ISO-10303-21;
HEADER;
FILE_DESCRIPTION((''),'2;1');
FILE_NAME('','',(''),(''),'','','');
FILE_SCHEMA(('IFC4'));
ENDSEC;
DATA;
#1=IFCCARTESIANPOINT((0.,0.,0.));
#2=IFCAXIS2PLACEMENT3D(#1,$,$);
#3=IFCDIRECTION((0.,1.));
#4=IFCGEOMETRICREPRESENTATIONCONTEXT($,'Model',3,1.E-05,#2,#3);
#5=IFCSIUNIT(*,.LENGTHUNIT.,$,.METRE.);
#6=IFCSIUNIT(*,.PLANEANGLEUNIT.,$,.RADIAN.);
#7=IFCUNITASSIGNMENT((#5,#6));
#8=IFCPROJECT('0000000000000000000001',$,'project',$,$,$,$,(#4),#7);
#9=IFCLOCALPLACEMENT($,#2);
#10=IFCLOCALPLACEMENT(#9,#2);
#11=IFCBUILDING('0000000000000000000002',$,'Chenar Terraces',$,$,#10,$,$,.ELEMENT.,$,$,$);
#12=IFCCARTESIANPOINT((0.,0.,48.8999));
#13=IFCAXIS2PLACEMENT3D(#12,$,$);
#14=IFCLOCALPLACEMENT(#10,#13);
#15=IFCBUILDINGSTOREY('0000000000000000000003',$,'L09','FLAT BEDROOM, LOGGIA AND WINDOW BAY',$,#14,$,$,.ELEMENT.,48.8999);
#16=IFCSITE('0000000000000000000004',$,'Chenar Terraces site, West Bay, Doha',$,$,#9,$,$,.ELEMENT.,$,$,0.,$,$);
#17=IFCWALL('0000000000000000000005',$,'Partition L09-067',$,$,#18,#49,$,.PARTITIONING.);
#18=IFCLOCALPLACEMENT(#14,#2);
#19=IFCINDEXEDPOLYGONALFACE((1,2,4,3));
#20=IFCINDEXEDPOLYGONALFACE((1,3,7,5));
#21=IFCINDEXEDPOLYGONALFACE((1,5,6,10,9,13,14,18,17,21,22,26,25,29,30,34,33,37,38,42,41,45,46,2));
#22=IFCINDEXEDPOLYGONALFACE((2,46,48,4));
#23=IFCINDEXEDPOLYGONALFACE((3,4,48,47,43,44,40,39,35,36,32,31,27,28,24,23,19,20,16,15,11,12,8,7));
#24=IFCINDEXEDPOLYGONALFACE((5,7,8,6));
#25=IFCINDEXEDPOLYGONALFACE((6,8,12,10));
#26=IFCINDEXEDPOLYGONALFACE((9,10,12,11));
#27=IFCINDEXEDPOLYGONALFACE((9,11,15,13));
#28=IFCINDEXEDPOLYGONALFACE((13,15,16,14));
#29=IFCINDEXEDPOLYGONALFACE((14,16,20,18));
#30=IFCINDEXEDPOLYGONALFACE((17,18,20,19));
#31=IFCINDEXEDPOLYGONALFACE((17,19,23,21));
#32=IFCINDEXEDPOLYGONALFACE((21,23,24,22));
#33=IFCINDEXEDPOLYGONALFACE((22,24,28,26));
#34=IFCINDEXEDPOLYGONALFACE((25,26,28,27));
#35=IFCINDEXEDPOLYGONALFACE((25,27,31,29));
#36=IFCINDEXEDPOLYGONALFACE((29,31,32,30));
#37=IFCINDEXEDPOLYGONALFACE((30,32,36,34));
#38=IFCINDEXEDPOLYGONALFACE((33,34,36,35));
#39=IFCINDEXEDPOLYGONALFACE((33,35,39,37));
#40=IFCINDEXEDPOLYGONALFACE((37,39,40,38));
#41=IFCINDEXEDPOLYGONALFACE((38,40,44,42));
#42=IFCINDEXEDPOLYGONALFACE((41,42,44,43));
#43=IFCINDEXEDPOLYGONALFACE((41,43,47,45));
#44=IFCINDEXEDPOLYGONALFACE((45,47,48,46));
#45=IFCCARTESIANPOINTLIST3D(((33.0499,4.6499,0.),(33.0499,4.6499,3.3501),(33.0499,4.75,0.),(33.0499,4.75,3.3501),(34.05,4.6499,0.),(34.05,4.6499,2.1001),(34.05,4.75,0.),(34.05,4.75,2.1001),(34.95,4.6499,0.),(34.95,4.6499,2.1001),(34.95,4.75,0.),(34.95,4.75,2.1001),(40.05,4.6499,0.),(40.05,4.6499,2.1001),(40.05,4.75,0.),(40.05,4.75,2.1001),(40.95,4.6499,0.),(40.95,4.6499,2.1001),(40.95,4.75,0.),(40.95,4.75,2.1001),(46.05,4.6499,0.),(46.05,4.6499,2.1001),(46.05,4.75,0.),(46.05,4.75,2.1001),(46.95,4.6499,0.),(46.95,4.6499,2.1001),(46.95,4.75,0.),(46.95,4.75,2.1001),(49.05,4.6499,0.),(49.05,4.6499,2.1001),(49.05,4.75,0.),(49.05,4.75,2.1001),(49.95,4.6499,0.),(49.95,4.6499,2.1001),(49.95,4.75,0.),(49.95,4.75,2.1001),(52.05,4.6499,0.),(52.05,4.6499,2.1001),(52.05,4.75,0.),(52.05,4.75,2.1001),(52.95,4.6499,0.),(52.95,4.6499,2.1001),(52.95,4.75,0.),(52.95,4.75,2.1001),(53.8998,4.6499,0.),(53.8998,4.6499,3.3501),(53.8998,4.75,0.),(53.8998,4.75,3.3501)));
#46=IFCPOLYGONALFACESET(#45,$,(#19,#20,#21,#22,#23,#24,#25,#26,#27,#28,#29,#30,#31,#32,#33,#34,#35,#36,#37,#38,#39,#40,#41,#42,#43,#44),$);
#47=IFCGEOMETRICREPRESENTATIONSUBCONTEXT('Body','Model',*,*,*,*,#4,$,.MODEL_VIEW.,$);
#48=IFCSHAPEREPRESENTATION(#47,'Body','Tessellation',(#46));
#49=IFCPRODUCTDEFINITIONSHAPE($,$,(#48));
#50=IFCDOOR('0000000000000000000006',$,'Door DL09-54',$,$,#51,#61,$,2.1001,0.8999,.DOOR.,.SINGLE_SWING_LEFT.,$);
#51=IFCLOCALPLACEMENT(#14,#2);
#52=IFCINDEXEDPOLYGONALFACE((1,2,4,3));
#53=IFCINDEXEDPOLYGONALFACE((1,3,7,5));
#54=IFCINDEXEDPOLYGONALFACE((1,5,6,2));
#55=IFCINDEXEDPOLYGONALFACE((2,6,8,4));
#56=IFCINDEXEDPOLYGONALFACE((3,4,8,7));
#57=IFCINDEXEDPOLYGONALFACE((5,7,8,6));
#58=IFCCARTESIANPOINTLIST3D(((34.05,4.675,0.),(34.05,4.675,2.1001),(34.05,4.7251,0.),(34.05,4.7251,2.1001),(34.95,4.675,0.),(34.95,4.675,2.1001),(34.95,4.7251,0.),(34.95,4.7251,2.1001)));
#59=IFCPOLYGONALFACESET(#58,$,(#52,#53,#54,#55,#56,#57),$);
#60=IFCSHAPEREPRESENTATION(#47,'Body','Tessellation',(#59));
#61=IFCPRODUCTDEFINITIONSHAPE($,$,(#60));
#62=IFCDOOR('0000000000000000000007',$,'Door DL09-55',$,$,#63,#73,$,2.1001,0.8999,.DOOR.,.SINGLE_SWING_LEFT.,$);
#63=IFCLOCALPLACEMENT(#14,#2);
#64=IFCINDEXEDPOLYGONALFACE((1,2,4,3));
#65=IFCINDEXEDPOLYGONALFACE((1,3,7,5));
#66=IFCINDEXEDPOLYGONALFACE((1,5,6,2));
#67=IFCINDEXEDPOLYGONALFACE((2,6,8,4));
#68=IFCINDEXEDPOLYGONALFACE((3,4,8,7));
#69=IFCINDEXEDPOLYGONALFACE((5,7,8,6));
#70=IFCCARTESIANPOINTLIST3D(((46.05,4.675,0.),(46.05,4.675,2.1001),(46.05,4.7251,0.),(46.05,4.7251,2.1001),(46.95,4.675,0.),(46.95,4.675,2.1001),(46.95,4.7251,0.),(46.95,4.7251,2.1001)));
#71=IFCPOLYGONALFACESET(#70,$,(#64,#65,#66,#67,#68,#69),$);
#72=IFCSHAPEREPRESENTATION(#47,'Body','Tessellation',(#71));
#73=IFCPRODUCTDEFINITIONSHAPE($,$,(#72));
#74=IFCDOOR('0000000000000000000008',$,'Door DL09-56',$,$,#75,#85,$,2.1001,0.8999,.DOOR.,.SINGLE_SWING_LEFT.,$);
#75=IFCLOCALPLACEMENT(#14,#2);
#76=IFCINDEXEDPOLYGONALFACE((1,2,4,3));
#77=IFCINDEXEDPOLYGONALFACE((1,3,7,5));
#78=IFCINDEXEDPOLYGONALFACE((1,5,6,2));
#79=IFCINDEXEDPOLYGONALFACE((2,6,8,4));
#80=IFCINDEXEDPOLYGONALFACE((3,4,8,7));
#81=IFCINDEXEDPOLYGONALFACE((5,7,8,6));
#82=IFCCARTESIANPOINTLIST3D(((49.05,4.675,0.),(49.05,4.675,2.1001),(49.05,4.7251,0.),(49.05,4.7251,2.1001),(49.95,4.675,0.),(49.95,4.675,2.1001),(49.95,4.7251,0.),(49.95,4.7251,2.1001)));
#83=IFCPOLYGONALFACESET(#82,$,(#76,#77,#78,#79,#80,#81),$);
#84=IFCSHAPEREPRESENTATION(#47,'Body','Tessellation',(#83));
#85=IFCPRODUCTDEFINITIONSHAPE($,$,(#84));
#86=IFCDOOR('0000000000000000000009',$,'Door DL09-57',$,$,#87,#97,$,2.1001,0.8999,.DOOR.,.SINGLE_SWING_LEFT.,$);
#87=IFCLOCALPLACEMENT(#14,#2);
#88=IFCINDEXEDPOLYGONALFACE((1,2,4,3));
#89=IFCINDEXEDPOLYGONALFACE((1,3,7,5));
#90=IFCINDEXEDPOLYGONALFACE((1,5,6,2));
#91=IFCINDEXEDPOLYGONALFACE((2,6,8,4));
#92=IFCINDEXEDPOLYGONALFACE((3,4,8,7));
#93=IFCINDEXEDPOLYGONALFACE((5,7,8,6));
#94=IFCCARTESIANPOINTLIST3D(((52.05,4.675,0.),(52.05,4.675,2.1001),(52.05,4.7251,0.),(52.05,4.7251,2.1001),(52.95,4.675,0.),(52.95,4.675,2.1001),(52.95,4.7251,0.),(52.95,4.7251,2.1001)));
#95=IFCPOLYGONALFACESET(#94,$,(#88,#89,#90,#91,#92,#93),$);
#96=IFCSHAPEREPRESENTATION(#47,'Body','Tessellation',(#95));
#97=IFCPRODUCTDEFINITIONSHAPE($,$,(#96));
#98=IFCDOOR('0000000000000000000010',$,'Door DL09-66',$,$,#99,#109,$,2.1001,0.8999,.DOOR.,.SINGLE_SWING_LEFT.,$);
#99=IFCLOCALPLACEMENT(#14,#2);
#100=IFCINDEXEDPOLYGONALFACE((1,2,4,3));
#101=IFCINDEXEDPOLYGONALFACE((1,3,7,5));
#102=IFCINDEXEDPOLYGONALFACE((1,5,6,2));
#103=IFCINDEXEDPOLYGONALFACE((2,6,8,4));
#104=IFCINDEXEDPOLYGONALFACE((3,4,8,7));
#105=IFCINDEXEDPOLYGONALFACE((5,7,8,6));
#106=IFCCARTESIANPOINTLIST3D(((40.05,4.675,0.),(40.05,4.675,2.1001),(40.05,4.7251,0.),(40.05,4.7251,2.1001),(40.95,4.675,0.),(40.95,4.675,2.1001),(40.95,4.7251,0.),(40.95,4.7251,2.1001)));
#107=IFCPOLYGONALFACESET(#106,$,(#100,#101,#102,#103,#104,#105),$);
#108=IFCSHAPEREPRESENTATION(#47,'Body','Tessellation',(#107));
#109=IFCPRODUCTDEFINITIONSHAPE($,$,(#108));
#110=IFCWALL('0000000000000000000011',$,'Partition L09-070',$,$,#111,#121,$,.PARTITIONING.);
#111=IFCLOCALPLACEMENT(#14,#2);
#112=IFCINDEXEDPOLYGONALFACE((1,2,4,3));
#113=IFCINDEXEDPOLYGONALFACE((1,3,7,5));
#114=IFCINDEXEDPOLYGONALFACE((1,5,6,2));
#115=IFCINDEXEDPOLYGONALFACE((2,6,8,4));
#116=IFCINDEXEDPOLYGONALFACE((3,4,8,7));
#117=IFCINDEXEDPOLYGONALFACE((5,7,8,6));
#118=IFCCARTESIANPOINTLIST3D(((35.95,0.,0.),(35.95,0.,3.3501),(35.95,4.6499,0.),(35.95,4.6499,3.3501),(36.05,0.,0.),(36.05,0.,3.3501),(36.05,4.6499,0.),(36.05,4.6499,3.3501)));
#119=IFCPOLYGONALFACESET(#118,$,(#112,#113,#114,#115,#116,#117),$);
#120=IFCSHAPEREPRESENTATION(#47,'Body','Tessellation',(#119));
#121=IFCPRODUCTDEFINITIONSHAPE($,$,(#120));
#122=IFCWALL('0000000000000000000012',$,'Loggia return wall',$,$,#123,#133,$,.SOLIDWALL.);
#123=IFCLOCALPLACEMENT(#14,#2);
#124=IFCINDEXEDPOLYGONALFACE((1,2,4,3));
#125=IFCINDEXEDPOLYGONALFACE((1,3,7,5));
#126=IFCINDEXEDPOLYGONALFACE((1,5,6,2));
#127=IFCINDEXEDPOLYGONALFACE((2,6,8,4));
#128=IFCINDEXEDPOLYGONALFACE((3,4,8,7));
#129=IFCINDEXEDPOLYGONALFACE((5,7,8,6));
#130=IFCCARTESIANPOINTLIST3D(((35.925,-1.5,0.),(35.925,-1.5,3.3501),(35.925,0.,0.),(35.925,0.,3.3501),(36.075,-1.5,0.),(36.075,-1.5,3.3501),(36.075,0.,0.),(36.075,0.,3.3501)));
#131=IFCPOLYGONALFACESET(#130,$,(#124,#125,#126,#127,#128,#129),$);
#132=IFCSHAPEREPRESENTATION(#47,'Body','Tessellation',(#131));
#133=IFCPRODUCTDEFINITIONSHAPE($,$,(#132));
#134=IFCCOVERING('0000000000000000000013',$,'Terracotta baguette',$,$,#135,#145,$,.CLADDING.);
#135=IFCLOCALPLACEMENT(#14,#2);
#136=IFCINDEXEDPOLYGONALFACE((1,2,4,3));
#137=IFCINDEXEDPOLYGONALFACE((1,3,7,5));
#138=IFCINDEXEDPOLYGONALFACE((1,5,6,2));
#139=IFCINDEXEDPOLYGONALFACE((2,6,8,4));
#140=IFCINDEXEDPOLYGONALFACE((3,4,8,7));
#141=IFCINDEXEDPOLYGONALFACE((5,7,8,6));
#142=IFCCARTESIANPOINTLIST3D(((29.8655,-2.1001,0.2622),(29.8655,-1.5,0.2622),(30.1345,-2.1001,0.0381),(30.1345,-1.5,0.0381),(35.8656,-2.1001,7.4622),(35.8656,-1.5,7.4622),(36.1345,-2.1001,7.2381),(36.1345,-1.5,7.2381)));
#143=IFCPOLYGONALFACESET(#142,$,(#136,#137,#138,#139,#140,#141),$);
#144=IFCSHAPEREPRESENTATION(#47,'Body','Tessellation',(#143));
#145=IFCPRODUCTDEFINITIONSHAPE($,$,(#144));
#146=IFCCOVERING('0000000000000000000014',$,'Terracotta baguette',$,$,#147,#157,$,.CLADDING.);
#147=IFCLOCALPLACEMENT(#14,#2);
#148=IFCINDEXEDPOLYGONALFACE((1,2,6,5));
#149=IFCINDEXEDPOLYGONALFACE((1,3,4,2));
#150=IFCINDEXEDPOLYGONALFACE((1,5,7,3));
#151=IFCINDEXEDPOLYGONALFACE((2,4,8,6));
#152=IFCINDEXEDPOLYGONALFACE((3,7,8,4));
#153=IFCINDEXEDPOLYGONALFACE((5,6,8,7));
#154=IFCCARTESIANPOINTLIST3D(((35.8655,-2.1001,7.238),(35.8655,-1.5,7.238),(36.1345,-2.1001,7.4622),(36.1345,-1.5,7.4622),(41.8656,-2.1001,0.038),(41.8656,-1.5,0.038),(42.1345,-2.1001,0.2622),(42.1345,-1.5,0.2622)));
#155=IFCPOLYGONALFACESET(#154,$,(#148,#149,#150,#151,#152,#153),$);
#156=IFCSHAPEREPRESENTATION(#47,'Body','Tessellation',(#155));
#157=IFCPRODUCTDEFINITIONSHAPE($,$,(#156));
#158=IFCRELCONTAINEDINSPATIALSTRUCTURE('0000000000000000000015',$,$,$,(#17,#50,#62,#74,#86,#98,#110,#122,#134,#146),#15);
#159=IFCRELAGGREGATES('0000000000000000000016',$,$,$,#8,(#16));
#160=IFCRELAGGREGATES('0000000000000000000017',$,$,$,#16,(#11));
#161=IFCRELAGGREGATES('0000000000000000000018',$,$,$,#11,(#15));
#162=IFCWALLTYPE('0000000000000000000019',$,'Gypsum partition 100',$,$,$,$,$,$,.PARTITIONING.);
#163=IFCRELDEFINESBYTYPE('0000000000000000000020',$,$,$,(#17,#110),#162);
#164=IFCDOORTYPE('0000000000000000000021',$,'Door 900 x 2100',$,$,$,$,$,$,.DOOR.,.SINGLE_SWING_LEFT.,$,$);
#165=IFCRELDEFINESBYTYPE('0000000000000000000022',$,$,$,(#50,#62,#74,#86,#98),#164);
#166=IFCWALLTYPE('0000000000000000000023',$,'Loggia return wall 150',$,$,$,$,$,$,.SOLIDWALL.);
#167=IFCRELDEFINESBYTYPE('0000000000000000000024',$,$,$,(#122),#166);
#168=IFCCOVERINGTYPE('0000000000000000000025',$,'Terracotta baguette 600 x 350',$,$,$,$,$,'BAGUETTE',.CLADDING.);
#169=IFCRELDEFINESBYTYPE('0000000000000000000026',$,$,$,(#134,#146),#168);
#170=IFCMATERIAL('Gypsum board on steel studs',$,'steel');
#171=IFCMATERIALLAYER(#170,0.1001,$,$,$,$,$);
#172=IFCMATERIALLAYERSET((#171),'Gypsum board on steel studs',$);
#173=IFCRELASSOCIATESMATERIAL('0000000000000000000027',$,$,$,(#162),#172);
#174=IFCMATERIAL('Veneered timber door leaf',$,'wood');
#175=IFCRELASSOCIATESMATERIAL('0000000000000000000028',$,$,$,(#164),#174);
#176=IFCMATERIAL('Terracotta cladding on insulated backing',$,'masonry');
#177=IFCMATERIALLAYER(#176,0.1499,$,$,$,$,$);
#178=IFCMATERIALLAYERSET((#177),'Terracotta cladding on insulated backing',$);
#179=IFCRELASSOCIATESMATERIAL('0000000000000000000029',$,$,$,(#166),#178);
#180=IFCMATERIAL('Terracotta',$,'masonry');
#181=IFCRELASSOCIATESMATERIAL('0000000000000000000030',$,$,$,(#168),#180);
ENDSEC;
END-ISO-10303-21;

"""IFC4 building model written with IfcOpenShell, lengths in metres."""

from ifc_helpers import new_model, si_unit, direction, frame, frame_2d, origin, origin_2d, place, context, subcontext, project, spatial, rectangle, extrude, material, layer, layer_set, material_profile, profile_set, type_object, element, fill, save


model = new_model("IFC4")

# Units and contexts
model_context = context("Model", 3, precision=1e-05, world=origin(), true_north=direction((0.0, 1.0)))
body_context = subcontext(model_context, "Body", "Model", "MODEL_VIEW")
ifc_project = project(units=[si_unit("LENGTHUNIT", "METRE"), si_unit("PLANEANGLEUNIT", "RADIAN")], contexts=[model_context])

# Site, building, storey
site_placement = place(None, origin())
site = spatial("IfcSite", under=ifc_project, at=site_placement, Name="Chenar Terraces site, West Bay, Doha", CompositionType="ELEMENT", RefElevation=0.0)
building_placement = place(site_placement, origin())
building = spatial("IfcBuilding", under=site, at=building_placement, Name="Chenar Terraces", CompositionType="ELEMENT")
storey_placement = place(building_placement, frame((0.0, 0.0, 48.8999)))
storey = spatial("IfcBuildingStorey", under=building, at=storey_placement, Name="L09", Description="FLAT BEDROOM, LOGGIA AND WINDOW BAY", CompositionType="ELEMENT", Elevation=48.8999)

# Shared definitions
ifc_material_1 = material(Name="Gypsum board on steel studs", Category="steel")
ifc_layer_1 = layer(ifc_material_1, 0.1001)
ifc_layer_set_1 = layer_set([ifc_layer_1], Name="Gypsum board on steel studs")
wall_type_1 = type_object("IfcWallType", Name="Gypsum partition 100", PredefinedType="PARTITIONING", material=ifc_layer_set_1)

# Shared definitions
ifc_material_2 = material(Name="Veneered timber door leaf", Category="wood")
door_type = type_object("IfcDoorType", Name="Door 900 x 2100", OperationType="SINGLE_SWING_LEFT", PredefinedType="DOOR", material=ifc_material_2)

# Wall, openings, doors
wall_1_placement = place(storey_placement, frame((33.05, 4.7, 0.0), z_axis=(0.0, 0.0, 1.0), x_axis=(1.0, 0.0, 0.0)))
wall_1 = element("IfcWall", 1, at=wall_1_placement, inside=storey, type_object=wall_type_1, Name="Partition L09-067", PredefinedType="PARTITIONING", context=body_context, shape_type="SweptSolid", body=[
    extrude(rectangle(XDim=20.8499, YDim=0.1001, at=frame_2d((10.4248, 0.0))), origin(), (0.0, 0.0, 1.0), 3.3501),
])
opening_1_placement = place(wall_1_placement, frame((1.0, 0.0, 0.0)))
opening_1 = element("IfcOpeningElement", 2, at=opening_1_placement, cuts=wall_1, PredefinedType="OPENING", context=body_context, shape_type="SweptSolid", body=[
    extrude(rectangle(XDim=0.8999, YDim=2.1001, at=frame_2d((0.45, 1.05))), frame((0.0, 0.0601, 0.0), z_axis=(0.0, -1.0, 0.0), x_axis=(1.0, 0.0, 0.0)), (0.0, 0.0, 1.0), 0.1201),
])
opening_2_placement = place(wall_1_placement, frame((13.0, 0.0, 0.0)))
opening_2 = element("IfcOpeningElement", 3, at=opening_2_placement, cuts=wall_1, PredefinedType="OPENING", context=body_context, shape_type="SweptSolid", body=[
    extrude(rectangle(XDim=0.8999, YDim=2.1001, at=frame_2d((0.45, 1.05))), frame((0.0, 0.0601, 0.0), z_axis=(0.0, -1.0, 0.0), x_axis=(1.0, 0.0, 0.0)), (0.0, 0.0, 1.0), 0.1201),
])
opening_3_placement = place(wall_1_placement, frame((16.0, 0.0, 0.0)))
opening_3 = element("IfcOpeningElement", 4, at=opening_3_placement, cuts=wall_1, PredefinedType="OPENING", context=body_context, shape_type="SweptSolid", body=[
    extrude(rectangle(XDim=0.8999, YDim=2.1001, at=frame_2d((0.45, 1.05))), frame((0.0, 0.0601, 0.0), z_axis=(0.0, -1.0, 0.0), x_axis=(1.0, 0.0, 0.0)), (0.0, 0.0, 1.0), 0.1201),
])
opening_4_placement = place(wall_1_placement, frame((19.0, 0.0, 0.0)))
opening_4 = element("IfcOpeningElement", 5, at=opening_4_placement, cuts=wall_1, PredefinedType="OPENING", context=body_context, shape_type="SweptSolid", body=[
    extrude(rectangle(XDim=0.8999, YDim=2.1001, at=frame_2d((0.45, 1.05))), frame((0.0, 0.0601, 0.0), z_axis=(0.0, -1.0, 0.0), x_axis=(1.0, 0.0, 0.0)), (0.0, 0.0, 1.0), 0.1201),
])
opening_5_placement = place(wall_1_placement, frame((7.0, 0.0, 0.0)))
opening_5 = element("IfcOpeningElement", 6, at=opening_5_placement, cuts=wall_1, PredefinedType="OPENING", context=body_context, shape_type="SweptSolid", body=[
    extrude(rectangle(XDim=0.8999, YDim=2.1001, at=frame_2d((0.45, 1.05))), frame((0.0, 0.0601, 0.0), z_axis=(0.0, -1.0, 0.0), x_axis=(1.0, 0.0, 0.0)), (0.0, 0.0, 1.0), 0.1201),
])
door_1_placement = place(opening_1_placement, frame((0.8999, 0.0, 0.0), z_axis=(0.0, 0.0, 1.0), x_axis=(-1.0, 0.0, 0.0)))
door_1 = element("IfcDoor", 7, at=door_1_placement, inside=storey, type_object=door_type, Name="Door DL09-54", OperationType="SINGLE_SWING_LEFT", OverallHeight=2.1001, OverallWidth=0.8999, PredefinedType="DOOR", context=body_context, shape_type="SweptSolid", body=[
    extrude(rectangle(XDim=0.8999, YDim=2.1001, at=frame_2d((0.45, 1.05))), frame((0.0, 0.0249, 0.0), z_axis=(0.0, -1.0, 0.0), x_axis=(1.0, 0.0, 0.0)), (0.0, 0.0, 1.0), 0.05),
])
fill(opening_1, door_1)
door_2_placement = place(opening_2_placement, frame((0.8999, 0.0, 0.0), z_axis=(0.0, 0.0, 1.0), x_axis=(-1.0, 0.0, 0.0)))
door_2 = element("IfcDoor", 8, at=door_2_placement, inside=storey, type_object=door_type, Name="Door DL09-55", OperationType="SINGLE_SWING_LEFT", OverallHeight=2.1001, OverallWidth=0.8999, PredefinedType="DOOR", context=body_context, shape_type="SweptSolid", body=[
    extrude(rectangle(XDim=0.8999, YDim=2.1001, at=frame_2d((0.45, 1.05))), frame((0.0, 0.0249, 0.0), z_axis=(0.0, -1.0, 0.0), x_axis=(1.0, 0.0, 0.0)), (0.0, 0.0, 1.0), 0.05),
])
fill(opening_2, door_2)
door_3_placement = place(opening_3_placement, frame((0.8999, 0.0, 0.0), z_axis=(0.0, 0.0, 1.0), x_axis=(-1.0, 0.0, 0.0)))
door_3 = element("IfcDoor", 9, at=door_3_placement, inside=storey, type_object=door_type, Name="Door DL09-56", OperationType="SINGLE_SWING_LEFT", OverallHeight=2.1001, OverallWidth=0.8999, PredefinedType="DOOR", context=body_context, shape_type="SweptSolid", body=[
    extrude(rectangle(XDim=0.8999, YDim=2.1001, at=frame_2d((0.45, 1.05))), frame((0.0, 0.0249, 0.0), z_axis=(0.0, -1.0, 0.0), x_axis=(1.0, 0.0, 0.0)), (0.0, 0.0, 1.0), 0.05),
])
fill(opening_3, door_3)
door_4_placement = place(opening_4_placement, frame((0.8999, 0.0, 0.0), z_axis=(0.0, 0.0, 1.0), x_axis=(-1.0, 0.0, 0.0)))
door_4 = element("IfcDoor", 10, at=door_4_placement, inside=storey, type_object=door_type, Name="Door DL09-57", OperationType="SINGLE_SWING_LEFT", OverallHeight=2.1001, OverallWidth=0.8999, PredefinedType="DOOR", context=body_context, shape_type="SweptSolid", body=[
    extrude(rectangle(XDim=0.8999, YDim=2.1001, at=frame_2d((0.45, 1.05))), frame((0.0, 0.0249, 0.0), z_axis=(0.0, -1.0, 0.0), x_axis=(1.0, 0.0, 0.0)), (0.0, 0.0, 1.0), 0.05),
])
fill(opening_4, door_4)
door_5_placement = place(opening_5_placement, frame((0.8999, 0.0, 0.0), z_axis=(0.0, 0.0, 1.0), x_axis=(-1.0, 0.0, 0.0)))
door_5 = element("IfcDoor", 11, at=door_5_placement, inside=storey, type_object=door_type, Name="Door DL09-66", OperationType="SINGLE_SWING_LEFT", OverallHeight=2.1001, OverallWidth=0.8999, PredefinedType="DOOR", context=body_context, shape_type="SweptSolid", body=[
    extrude(rectangle(XDim=0.8999, YDim=2.1001, at=frame_2d((0.45, 1.05))), frame((0.0, 0.0249, 0.0), z_axis=(0.0, -1.0, 0.0), x_axis=(1.0, 0.0, 0.0)), (0.0, 0.0, 1.0), 0.05),
])
fill(opening_5, door_5)

# Walls
wall_2_placement = place(storey_placement, frame((36.0, 0.0, 0.0), z_axis=(0.0, 0.0, 1.0), x_axis=(0.0, 1.0, 0.0)))
element("IfcWall", 12, at=wall_2_placement, inside=storey, type_object=wall_type_1, Name="Partition L09-070", PredefinedType="PARTITIONING", context=body_context, shape_type="SweptSolid", body=[
    extrude(rectangle(XDim=4.6499, YDim=0.1001, at=frame_2d((2.325, 0.0))), origin(), (0.0, 0.0, 1.0), 3.3501),
])
ifc_material_3 = material(Name="Terracotta cladding on insulated backing", Category="masonry")
ifc_layer_2 = layer(ifc_material_3, 0.1499)
ifc_layer_set_2 = layer_set([ifc_layer_2], Name="Terracotta cladding on insulated backing")
wall_type_2 = type_object("IfcWallType", Name="Loggia return wall 150", PredefinedType="SOLIDWALL", material=ifc_layer_set_2)
wall_3_placement = place(storey_placement, frame((36.0, -1.5, 0.0), z_axis=(0.0, 0.0, 1.0), x_axis=(0.0, 1.0, 0.0)))
element("IfcWall", 13, at=wall_3_placement, inside=storey, type_object=wall_type_2, Name="Loggia return wall", PredefinedType="SOLIDWALL", context=body_context, shape_type="SweptSolid", body=[
    extrude(rectangle(XDim=1.5, YDim=0.1499, at=frame_2d((0.75, 0.0))), origin(), (0.0, 0.0, 1.0), 3.3501),
])

# Coverings
ifc_material_4 = material(Name="Terracotta", Category="masonry")
ifc_material_profile_1 = material_profile(ifc_material_4, rectangle(XDim=0.6001, YDim=0.3501, at=origin_2d()), Name="Terracotta baguette 600 x 350")
ifc_profile_set_1 = profile_set([ifc_material_profile_1], Name="Terracotta")
covering_type = type_object("IfcCoveringType", Name="Terracotta baguette 600 x 350", ElementType="BAGUETTE", PredefinedType="CLADDING", material=ifc_profile_set_1)
for number, where, z_axis, x_axis, name in (
    (14, (30.0, -1.8, 0.1501), (0.640187, 0.0, 0.768219), (0.0, 1.0, 0.0), "Terracotta baguette"),
    (15, (36.0, -1.8, 7.3501), (0.640187, 0.0, -0.768219), (0.0, 1.0, 0.0), "Terracotta baguette"),
):
    element("IfcCovering", number, at=place(storey_placement, frame(where, z_axis=z_axis, x_axis=x_axis)), inside=storey, type_object=covering_type, Name=name, PredefinedType="CLADDING", context=body_context, shape_type="SweptSolid", body=[
        extrude(rectangle(XDim=0.6001, YDim=0.3501, at=origin_2d()), origin(), (0.0, 0.0, 1.0), 9.3723),
    ])

save(model, "model.ifc")
